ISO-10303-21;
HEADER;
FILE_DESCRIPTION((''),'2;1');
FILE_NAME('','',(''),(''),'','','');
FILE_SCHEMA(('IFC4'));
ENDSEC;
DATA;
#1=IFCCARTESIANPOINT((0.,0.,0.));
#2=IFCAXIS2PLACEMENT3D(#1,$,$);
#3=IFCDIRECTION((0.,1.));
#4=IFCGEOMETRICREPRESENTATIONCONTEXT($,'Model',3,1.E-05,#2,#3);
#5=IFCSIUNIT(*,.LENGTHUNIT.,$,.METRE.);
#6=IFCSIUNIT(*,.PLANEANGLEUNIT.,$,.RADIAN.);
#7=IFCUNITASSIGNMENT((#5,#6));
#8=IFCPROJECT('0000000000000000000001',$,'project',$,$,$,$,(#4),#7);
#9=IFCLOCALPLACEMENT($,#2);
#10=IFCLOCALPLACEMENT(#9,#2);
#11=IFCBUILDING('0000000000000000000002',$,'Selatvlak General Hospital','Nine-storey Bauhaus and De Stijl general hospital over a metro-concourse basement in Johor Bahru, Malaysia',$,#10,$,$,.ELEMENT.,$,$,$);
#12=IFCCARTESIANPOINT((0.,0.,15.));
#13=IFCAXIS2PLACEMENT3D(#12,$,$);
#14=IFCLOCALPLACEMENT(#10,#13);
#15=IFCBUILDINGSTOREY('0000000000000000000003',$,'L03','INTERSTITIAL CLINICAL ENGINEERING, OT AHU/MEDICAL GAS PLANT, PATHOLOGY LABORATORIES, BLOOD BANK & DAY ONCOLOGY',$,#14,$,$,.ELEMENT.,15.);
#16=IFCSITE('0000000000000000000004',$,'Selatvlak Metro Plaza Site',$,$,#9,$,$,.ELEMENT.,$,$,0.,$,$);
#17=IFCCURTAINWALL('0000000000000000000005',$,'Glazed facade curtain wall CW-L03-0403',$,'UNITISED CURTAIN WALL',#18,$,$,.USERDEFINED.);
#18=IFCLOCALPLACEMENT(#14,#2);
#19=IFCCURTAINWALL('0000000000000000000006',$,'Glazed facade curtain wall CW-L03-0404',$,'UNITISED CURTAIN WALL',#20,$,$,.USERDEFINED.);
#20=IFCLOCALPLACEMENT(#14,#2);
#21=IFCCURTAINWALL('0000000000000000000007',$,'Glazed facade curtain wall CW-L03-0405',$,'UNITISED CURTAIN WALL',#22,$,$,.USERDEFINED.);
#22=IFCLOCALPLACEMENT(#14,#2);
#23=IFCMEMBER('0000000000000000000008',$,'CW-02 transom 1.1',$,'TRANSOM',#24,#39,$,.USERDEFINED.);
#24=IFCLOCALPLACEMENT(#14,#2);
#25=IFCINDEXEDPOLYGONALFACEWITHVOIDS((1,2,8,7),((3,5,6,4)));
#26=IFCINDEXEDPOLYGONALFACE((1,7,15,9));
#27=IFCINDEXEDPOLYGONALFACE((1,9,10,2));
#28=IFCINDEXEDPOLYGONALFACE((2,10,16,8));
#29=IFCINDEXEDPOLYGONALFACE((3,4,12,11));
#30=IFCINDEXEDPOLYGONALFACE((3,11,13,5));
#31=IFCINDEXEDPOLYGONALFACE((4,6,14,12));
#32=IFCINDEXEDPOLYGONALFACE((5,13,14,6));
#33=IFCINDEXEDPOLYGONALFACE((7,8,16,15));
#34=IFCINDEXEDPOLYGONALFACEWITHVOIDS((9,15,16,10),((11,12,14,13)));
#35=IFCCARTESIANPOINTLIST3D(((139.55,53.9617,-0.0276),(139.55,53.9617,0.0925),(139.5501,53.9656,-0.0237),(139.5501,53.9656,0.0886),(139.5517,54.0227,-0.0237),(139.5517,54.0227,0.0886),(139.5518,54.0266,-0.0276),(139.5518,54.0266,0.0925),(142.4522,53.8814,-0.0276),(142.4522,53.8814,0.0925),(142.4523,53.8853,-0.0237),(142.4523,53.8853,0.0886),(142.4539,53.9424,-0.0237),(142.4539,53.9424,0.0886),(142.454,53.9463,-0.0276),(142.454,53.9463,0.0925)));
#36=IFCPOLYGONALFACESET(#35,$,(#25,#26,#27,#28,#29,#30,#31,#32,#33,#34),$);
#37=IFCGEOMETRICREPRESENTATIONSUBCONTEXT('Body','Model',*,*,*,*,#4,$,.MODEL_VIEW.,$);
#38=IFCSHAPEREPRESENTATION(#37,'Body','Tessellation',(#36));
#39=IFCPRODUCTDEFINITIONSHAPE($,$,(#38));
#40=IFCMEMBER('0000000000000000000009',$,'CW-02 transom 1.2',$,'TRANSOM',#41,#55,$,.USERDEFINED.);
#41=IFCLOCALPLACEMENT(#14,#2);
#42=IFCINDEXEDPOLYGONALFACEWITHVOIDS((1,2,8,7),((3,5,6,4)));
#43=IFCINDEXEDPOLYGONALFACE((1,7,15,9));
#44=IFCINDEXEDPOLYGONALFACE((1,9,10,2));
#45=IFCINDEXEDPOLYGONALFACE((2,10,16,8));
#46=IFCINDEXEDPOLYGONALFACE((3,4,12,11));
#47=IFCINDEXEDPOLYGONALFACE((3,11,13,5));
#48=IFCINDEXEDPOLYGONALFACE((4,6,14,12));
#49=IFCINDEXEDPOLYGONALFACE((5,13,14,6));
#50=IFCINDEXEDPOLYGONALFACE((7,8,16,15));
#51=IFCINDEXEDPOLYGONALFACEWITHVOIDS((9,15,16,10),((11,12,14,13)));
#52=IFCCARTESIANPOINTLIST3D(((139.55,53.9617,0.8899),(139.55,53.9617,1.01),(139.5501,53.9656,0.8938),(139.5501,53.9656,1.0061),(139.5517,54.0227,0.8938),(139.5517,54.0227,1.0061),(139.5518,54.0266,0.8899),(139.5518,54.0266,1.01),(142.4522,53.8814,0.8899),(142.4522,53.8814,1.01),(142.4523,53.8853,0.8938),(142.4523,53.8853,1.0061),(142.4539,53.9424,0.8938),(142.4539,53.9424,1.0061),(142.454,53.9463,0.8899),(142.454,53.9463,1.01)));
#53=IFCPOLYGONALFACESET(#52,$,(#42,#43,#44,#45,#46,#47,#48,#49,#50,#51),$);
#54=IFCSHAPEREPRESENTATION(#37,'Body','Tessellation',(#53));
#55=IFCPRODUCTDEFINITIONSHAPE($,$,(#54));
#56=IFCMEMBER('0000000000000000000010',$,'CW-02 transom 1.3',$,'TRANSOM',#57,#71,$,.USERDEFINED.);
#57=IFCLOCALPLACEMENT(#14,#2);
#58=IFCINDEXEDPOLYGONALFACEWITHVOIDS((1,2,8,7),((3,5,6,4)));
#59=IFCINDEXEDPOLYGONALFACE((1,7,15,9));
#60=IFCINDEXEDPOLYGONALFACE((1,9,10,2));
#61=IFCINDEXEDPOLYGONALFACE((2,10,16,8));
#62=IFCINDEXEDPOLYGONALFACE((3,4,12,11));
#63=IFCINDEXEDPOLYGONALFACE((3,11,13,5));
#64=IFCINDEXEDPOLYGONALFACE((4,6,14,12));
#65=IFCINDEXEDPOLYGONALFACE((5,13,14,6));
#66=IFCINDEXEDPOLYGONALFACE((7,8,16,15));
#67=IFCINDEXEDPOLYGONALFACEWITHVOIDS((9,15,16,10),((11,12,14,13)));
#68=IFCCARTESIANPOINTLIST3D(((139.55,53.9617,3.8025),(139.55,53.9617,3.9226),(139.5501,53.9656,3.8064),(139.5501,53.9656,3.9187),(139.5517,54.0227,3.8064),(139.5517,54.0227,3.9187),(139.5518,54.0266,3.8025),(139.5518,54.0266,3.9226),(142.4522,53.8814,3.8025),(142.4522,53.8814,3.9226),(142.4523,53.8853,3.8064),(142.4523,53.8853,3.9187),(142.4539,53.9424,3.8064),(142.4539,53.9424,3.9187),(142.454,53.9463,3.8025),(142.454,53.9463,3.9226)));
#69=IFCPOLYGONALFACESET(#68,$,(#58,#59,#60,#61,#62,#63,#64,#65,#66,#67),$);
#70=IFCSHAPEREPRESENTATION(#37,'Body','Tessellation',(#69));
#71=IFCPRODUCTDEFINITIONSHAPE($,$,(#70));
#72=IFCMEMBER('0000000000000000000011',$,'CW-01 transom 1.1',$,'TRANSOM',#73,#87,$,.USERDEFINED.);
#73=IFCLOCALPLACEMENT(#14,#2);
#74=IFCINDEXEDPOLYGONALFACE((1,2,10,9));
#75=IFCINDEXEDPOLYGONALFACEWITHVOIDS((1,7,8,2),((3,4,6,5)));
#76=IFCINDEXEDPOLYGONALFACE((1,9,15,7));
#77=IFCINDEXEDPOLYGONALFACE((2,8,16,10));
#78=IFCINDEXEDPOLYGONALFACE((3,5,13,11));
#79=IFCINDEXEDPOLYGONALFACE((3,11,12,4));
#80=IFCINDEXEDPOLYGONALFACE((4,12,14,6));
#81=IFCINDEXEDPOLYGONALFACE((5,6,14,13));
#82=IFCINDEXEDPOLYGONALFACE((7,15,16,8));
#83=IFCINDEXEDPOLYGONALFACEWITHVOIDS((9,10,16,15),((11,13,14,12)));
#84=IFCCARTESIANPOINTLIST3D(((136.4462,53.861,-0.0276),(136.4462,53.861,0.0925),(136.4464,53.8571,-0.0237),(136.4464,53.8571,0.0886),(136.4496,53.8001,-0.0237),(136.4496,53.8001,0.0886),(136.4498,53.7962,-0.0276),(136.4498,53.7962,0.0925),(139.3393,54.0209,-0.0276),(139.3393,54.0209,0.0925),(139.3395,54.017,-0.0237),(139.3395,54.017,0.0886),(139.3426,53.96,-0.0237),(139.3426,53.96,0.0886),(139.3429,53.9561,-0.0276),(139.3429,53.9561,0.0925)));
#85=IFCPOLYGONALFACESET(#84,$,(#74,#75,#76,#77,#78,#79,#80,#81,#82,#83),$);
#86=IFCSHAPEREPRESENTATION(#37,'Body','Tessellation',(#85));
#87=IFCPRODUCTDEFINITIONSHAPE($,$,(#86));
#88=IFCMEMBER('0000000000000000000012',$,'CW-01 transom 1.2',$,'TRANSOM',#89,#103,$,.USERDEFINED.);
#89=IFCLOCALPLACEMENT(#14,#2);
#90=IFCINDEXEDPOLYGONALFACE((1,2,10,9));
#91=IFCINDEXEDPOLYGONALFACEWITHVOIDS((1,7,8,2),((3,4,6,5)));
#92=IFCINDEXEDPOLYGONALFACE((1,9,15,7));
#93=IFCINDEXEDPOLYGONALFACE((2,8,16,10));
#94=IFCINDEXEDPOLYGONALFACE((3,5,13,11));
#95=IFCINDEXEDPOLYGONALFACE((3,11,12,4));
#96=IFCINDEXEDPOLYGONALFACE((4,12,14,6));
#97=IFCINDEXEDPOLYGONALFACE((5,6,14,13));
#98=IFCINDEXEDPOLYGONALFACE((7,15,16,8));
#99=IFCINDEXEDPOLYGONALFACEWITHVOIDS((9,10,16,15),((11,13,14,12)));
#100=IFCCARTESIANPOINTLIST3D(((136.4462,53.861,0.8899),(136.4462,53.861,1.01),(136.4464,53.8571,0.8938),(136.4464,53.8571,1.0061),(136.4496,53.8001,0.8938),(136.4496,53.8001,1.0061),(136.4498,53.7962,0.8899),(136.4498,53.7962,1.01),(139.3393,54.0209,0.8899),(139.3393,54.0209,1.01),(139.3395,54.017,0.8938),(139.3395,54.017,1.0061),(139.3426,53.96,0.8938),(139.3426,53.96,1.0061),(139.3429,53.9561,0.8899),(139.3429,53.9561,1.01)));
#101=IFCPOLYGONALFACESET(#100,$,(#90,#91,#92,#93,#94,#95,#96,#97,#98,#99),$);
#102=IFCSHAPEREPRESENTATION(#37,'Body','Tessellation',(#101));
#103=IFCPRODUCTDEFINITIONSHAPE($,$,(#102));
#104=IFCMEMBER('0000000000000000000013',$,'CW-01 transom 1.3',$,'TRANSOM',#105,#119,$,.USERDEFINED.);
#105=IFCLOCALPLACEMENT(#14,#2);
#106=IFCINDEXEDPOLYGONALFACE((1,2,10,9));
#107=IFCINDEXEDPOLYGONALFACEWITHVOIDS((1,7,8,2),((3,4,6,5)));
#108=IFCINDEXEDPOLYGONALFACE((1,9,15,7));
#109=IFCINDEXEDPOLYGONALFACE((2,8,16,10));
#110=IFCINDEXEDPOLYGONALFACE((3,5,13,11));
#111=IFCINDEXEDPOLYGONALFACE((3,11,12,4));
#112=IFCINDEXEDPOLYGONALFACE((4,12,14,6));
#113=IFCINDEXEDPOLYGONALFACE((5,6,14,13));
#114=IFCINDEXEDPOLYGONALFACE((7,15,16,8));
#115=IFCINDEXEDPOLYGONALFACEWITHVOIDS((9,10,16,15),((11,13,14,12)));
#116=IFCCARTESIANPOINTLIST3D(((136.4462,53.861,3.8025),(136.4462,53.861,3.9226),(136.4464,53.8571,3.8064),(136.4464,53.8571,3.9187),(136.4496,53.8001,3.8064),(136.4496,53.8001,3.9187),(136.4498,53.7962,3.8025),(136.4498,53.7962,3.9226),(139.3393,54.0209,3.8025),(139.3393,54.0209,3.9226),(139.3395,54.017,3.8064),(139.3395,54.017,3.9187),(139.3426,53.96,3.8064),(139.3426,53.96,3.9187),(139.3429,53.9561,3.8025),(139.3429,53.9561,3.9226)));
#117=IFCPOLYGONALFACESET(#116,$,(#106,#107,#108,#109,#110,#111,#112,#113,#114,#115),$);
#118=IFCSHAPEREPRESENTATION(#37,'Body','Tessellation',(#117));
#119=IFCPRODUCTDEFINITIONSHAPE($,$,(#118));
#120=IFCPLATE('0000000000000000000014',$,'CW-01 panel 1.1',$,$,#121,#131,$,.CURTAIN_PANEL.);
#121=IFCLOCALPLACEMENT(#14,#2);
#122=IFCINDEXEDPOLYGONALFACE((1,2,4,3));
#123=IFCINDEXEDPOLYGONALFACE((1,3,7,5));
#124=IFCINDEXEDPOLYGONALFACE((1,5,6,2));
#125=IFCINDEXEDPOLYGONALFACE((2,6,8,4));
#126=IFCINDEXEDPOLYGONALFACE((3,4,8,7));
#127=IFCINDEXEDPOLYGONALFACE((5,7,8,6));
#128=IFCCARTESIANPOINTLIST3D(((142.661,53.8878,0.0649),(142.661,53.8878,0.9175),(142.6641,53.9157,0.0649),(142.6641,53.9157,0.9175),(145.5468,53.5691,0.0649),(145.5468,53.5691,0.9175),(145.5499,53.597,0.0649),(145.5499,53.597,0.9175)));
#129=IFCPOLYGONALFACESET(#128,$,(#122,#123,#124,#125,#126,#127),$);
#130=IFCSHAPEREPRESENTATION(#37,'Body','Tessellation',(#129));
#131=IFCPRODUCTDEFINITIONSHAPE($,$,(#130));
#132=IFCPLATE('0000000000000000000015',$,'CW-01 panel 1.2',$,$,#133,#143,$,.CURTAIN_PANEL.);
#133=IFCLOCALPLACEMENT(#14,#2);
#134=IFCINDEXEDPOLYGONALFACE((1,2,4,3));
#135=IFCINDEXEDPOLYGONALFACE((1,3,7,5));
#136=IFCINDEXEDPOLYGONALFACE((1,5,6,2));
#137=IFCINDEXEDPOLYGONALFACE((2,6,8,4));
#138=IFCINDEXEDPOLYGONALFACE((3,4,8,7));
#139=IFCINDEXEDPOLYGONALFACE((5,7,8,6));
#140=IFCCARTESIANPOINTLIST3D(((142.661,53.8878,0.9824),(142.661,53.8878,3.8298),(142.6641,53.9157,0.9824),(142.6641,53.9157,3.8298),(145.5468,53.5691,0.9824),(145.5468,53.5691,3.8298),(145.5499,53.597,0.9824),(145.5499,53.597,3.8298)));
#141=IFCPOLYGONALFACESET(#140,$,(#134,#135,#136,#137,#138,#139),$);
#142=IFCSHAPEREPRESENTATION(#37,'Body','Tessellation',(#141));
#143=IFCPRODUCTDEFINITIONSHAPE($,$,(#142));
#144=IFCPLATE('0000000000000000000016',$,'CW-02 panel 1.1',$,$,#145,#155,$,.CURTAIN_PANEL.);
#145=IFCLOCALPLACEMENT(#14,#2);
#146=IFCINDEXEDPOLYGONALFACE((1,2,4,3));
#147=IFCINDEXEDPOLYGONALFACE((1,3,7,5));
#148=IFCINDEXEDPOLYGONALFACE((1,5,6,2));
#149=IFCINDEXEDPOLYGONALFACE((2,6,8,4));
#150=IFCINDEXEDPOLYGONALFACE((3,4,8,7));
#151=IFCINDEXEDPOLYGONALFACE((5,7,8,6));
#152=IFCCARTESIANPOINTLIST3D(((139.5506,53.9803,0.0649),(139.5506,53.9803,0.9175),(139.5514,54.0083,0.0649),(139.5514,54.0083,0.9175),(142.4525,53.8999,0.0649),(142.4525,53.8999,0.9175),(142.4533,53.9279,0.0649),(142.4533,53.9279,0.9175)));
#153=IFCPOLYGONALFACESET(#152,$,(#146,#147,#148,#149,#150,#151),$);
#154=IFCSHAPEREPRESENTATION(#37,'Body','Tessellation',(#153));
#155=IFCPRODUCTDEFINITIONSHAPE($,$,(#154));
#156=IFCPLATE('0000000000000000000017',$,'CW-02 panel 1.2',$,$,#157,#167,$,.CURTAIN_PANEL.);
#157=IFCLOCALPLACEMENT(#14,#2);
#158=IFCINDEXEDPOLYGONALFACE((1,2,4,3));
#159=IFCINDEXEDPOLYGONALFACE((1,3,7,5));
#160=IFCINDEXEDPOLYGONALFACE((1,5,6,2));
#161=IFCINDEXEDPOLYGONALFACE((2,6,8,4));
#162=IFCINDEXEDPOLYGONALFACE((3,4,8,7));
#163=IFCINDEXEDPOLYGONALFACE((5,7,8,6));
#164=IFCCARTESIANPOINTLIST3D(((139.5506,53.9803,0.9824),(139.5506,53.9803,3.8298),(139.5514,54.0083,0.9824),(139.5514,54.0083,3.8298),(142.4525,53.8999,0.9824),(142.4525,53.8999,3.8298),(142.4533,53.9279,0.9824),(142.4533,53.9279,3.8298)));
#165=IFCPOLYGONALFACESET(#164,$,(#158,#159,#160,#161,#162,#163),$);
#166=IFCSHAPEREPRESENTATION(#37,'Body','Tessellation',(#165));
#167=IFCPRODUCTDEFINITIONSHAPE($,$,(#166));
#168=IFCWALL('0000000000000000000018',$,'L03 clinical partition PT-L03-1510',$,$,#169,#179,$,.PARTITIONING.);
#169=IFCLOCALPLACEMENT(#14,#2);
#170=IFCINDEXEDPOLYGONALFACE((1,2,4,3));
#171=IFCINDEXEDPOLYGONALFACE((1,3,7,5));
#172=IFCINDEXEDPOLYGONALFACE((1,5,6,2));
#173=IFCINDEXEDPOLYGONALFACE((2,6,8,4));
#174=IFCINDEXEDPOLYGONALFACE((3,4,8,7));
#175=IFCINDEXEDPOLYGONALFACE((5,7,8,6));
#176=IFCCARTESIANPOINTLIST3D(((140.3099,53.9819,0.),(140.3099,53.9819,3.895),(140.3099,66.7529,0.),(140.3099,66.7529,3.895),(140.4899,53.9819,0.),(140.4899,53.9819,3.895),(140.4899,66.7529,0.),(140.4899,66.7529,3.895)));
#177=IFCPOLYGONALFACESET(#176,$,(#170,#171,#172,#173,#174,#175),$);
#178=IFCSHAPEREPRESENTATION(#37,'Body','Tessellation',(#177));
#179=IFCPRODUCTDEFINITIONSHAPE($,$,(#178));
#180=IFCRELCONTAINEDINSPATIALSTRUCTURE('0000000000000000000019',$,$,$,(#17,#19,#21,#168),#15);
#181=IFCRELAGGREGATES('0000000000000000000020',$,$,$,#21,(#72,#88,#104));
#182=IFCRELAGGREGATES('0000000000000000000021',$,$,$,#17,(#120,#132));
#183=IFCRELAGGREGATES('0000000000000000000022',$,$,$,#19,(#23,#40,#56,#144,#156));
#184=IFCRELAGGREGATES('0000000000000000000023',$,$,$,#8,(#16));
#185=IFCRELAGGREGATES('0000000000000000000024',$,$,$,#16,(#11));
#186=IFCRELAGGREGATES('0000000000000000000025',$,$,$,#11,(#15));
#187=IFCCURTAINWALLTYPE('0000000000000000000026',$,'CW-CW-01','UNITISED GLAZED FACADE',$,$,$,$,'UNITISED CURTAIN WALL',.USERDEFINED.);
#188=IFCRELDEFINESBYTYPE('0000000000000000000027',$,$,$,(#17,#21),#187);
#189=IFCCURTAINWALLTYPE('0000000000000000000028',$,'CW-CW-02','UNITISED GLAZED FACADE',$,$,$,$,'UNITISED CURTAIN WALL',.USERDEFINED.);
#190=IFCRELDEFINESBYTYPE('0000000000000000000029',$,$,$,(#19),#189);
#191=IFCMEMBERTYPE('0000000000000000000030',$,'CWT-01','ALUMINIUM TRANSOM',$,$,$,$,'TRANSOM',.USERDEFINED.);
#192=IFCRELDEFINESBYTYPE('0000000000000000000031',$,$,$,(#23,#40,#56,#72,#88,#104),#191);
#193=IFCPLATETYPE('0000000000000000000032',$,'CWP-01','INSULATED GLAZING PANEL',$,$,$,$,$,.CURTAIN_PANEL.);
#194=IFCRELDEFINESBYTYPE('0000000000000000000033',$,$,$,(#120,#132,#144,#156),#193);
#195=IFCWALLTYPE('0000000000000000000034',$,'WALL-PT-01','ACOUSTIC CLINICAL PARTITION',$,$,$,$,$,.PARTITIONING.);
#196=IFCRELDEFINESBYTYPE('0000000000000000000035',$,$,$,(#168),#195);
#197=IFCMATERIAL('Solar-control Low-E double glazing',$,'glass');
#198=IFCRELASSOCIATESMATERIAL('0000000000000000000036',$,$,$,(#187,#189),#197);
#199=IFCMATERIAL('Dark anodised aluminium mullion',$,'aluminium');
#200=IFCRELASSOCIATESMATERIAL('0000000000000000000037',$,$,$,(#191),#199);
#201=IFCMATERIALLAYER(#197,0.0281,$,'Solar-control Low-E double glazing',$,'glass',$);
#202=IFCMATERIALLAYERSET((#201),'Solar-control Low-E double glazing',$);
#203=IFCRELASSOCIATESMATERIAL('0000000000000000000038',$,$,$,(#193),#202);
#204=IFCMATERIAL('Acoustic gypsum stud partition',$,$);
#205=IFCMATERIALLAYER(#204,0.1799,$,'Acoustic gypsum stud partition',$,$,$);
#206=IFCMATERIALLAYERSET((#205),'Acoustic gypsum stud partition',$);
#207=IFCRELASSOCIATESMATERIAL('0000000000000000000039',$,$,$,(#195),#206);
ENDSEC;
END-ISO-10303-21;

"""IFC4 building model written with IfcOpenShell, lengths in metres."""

from ifc_helpers import new_model, si_unit, direction, frame, frame_2d, origin, origin_2d, place, context, subcontext, project, spatial, rectangle, hollow_rectangle, extrude, material, layer, layer_set, material_profile, profile_set, type_object, element, aggregate, save


model = new_model("IFC4")

# Units and contexts
model_context = context("Model", 3, precision=1e-05, world=origin(), true_north=direction((0.0, 1.0)))
body_context = subcontext(model_context, "Body", "Model", "MODEL_VIEW")
ifc_project = project(units=[si_unit("LENGTHUNIT", "METRE"), si_unit("PLANEANGLEUNIT", "RADIAN")], contexts=[model_context])

# Site, building, storey
site_placement = place(None, origin())
site = spatial("IfcSite", under=ifc_project, at=site_placement, Name="Selatvlak Metro Plaza Site", CompositionType="ELEMENT", RefElevation=0.0)
building_placement = place(site_placement, origin())
building = spatial("IfcBuilding", under=site, at=building_placement, Name="Selatvlak General Hospital", Description="Nine-storey Bauhaus and De Stijl general hospital over a metro-concourse basement in Johor Bahru, Malaysia", CompositionType="ELEMENT")
storey_placement = place(building_placement, frame((0.0, 0.0, 15.0)))
storey = spatial("IfcBuildingStorey", under=building, at=storey_placement, Name="L03", Description="INTERSTITIAL CLINICAL ENGINEERING, OT AHU/MEDICAL GAS PLANT, PATHOLOGY LABORATORIES, BLOOD BANK & DAY ONCOLOGY", CompositionType="ELEMENT", Elevation=15.0)

# Curtain wall
ifc_material_1 = material(Name="Solar-control Low-E double glazing", Category="glass")
curtain_wall_type_1 = type_object("IfcCurtainWallType", Name="CW-CW-01", Description="UNITISED GLAZED FACADE", ElementType="UNITISED CURTAIN WALL", PredefinedType="USERDEFINED", material=ifc_material_1)
curtain_wall_1_placement = place(storey_placement, origin())
curtain_wall_1 = element("IfcCurtainWall", 1, at=curtain_wall_1_placement, inside=storey, type_object=curtain_wall_type_1, Name="Glazed facade curtain wall CW-L03-0403", ObjectType="UNITISED CURTAIN WALL", PredefinedType="USERDEFINED")
ifc_material_2 = material(Name="Dark anodised aluminium mullion", Category="aluminium")

# Curtain wall
curtain_wall_type_2 = type_object("IfcCurtainWallType", Name="CW-CW-02", Description="UNITISED GLAZED FACADE", ElementType="UNITISED CURTAIN WALL", PredefinedType="USERDEFINED", material=ifc_material_1)
curtain_wall_2_placement = place(storey_placement, origin())
curtain_wall_2 = element("IfcCurtainWall", 2, at=curtain_wall_2_placement, inside=storey, type_object=curtain_wall_type_2, Name="Glazed facade curtain wall CW-L03-0404", ObjectType="UNITISED CURTAIN WALL", PredefinedType="USERDEFINED")

# Curtain wall
curtain_wall_3_placement = place(storey_placement, origin())
curtain_wall_3 = element("IfcCurtainWall", 3, at=curtain_wall_3_placement, inside=storey, type_object=curtain_wall_type_1, Name="Glazed facade curtain wall CW-L03-0405", ObjectType="UNITISED CURTAIN WALL", PredefinedType="USERDEFINED")

# Members
ifc_material_profile_1 = material_profile(ifc_material_2, hollow_rectangle(XDim=0.0649, YDim=0.1201, WallThickness=0.0039, at=origin_2d()), Name="AL-TRN 65x120x4")
ifc_profile_set_1 = profile_set([ifc_material_profile_1], Name="Dark anodised aluminium mullion")
member_type_1 = type_object("IfcMemberType", Name="CWT-01", Description="ALUMINIUM TRANSOM", ElementType="TRANSOM", PredefinedType="USERDEFINED", material=ifc_profile_set_1)
member_1_placement = place(storey_placement, frame((142.4531, 53.9138, 0.0325), z_axis=(-0.999617, 0.027667, 0.0), x_axis=(-0.027667, -0.999617, 0.0)))
member_1 = element("IfcMember", 4, at=member_1_placement, type_object=member_type_1, Name="CW-02 transom 1.1", ObjectType="TRANSOM", PredefinedType="USERDEFINED", context=body_context, shape_type="SweptSolid", body=[
    extrude(hollow_rectangle(XDim=0.0649, YDim=0.1201, WallThickness=0.0039, at=origin_2d()), origin(), (0.0, 0.0, 1.0), 2.9033),
])
member_2_placement = place(storey_placement, frame((142.4531, 53.9138, 0.95), z_axis=(-0.999617, 0.027667, 0.0), x_axis=(-0.027667, -0.999617, 0.0)))
member_2 = element("IfcMember", 5, at=member_2_placement, type_object=member_type_1, Name="CW-02 transom 1.2", ObjectType="TRANSOM", PredefinedType="USERDEFINED", context=body_context, shape_type="SweptSolid", body=[
    extrude(hollow_rectangle(XDim=0.0649, YDim=0.1201, WallThickness=0.0039, at=origin_2d()), origin(), (0.0, 0.0, 1.0), 2.9033),
])
member_3_placement = place(storey_placement, frame((142.4531, 53.9138, 3.8625), z_axis=(-0.999617, 0.027667, 0.0), x_axis=(-0.027667, -0.999617, 0.0)))
member_3 = element("IfcMember", 6, at=member_3_placement, type_object=member_type_1, Name="CW-02 transom 1.3", ObjectType="TRANSOM", PredefinedType="USERDEFINED", context=body_context, shape_type="SweptSolid", body=[
    extrude(hollow_rectangle(XDim=0.0649, YDim=0.1201, WallThickness=0.0039, at=origin_2d()), origin(), (0.0, 0.0, 1.0), 2.9033),
])
member_4_placement = place(storey_placement, frame((139.3411, 53.9885, 0.0325), z_axis=(-0.998476, -0.05519, 0.0), x_axis=(0.05519, -0.998476, 0.0)))
member_4 = element("IfcMember", 7, at=member_4_placement, type_object=member_type_1, Name="CW-01 transom 1.1", ObjectType="TRANSOM", PredefinedType="USERDEFINED", context=body_context, shape_type="SweptSolid", body=[
    extrude(hollow_rectangle(XDim=0.0649, YDim=0.1201, WallThickness=0.0039, at=origin_2d()), origin(), (0.0, 0.0, 1.0), 2.8975),
])
member_5_placement = place(storey_placement, frame((139.3411, 53.9885, 0.95), z_axis=(-0.998476, -0.05519, 0.0), x_axis=(0.05519, -0.998476, 0.0)))
member_5 = element("IfcMember", 8, at=member_5_placement, type_object=member_type_1, Name="CW-01 transom 1.2", ObjectType="TRANSOM", PredefinedType="USERDEFINED", context=body_context, shape_type="SweptSolid", body=[
    extrude(hollow_rectangle(XDim=0.0649, YDim=0.1201, WallThickness=0.0039, at=origin_2d()), origin(), (0.0, 0.0, 1.0), 2.8975),
])
member_6_placement = place(storey_placement, frame((139.3411, 53.9885, 3.8625), z_axis=(-0.998476, -0.05519, 0.0), x_axis=(0.05519, -0.998476, 0.0)))
member_6 = element("IfcMember", 9, at=member_6_placement, type_object=member_type_1, Name="CW-01 transom 1.3", ObjectType="TRANSOM", PredefinedType="USERDEFINED", context=body_context, shape_type="SweptSolid", body=[
    extrude(hollow_rectangle(XDim=0.0649, YDim=0.1201, WallThickness=0.0039, at=origin_2d()), origin(), (0.0, 0.0, 1.0), 2.8975),
])
aggregate(curtain_wall_3, [member_4, member_5, member_6])

# Plates
ifc_layer_1 = layer(ifc_material_1, 0.0281, Name="Solar-control Low-E double glazing", Category="glass")
ifc_layer_set_1 = layer_set([ifc_layer_1], Name="Solar-control Low-E double glazing")
plate_type = type_object("IfcPlateType", Name="CWP-01", Description="INSULATED GLAZING PANEL", PredefinedType="CURTAIN_PANEL", material=ifc_layer_set_1)
plate_1_placement = place(storey_placement, frame((144.1055, 53.7424, 0.0649), z_axis=(0.0, 0.0, 1.0), x_axis=(-0.993956, 0.10978, 0.0)))
plate_1 = element("IfcPlate", 10, at=plate_1_placement, type_object=plate_type, Name="CW-01 panel 1.1", PredefinedType="CURTAIN_PANEL", context=body_context, shape_type="SweptSolid", body=[
    extrude(rectangle(XDim=2.9033, YDim=0.0281, at=origin_2d()), origin(), (0.0, 0.0, 1.0), 0.8525),
])
plate_2_placement = place(storey_placement, frame((144.1055, 53.7424, 0.9824), z_axis=(0.0, 0.0, 1.0), x_axis=(-0.993956, 0.10978, 0.0)))
plate_2 = element("IfcPlate", 11, at=plate_2_placement, type_object=plate_type, Name="CW-01 panel 1.2", PredefinedType="CURTAIN_PANEL", context=body_context, shape_type="SweptSolid", body=[
    extrude(rectangle(XDim=2.9033, YDim=0.0281, at=origin_2d()), origin(), (0.0, 0.0, 1.0), 2.8474),
])
aggregate(curtain_wall_1, [plate_1, plate_2])
plate_3_placement = place(storey_placement, frame((141.002, 53.9541, 0.0649), z_axis=(0.0, 0.0, 1.0), x_axis=(-0.999616, 0.027694, 0.0)))
plate_3 = element("IfcPlate", 12, at=plate_3_placement, type_object=plate_type, Name="CW-02 panel 1.1", PredefinedType="CURTAIN_PANEL", context=body_context, shape_type="SweptSolid", body=[
    extrude(rectangle(XDim=2.9031, YDim=0.0281, at=origin_2d()), origin(), (0.0, 0.0, 1.0), 0.8525),
])
plate_4_placement = place(storey_placement, frame((141.002, 53.9541, 0.9824), z_axis=(0.0, 0.0, 1.0), x_axis=(-0.999616, 0.027694, 0.0)))
plate_4 = element("IfcPlate", 13, at=plate_4_placement, type_object=plate_type, Name="CW-02 panel 1.2", PredefinedType="CURTAIN_PANEL", context=body_context, shape_type="SweptSolid", body=[
    extrude(rectangle(XDim=2.9031, YDim=0.0281, at=origin_2d()), origin(), (0.0, 0.0, 1.0), 2.8474),
])
aggregate(curtain_wall_2, [member_1, member_2, member_3, plate_3, plate_4])

# Wall
ifc_material_3 = material(Name="Acoustic gypsum stud partition")
ifc_layer_2 = layer(ifc_material_3, 0.1799, Name="Acoustic gypsum stud partition")
ifc_layer_set_2 = layer_set([ifc_layer_2], Name="Acoustic gypsum stud partition")
wall_type_1 = type_object("IfcWallType", Name="WALL-PT-01", Description="ACOUSTIC CLINICAL PARTITION", PredefinedType="PARTITIONING", material=ifc_layer_set_2)
wall_1_placement = place(storey_placement, frame((140.3999, 66.7529, 0.0), z_axis=(0.0, 0.0, 1.0), x_axis=(0.0, -1.0, 0.0)))
element("IfcWall", 14, at=wall_1_placement, inside=storey, type_object=wall_type_1, Name="L03 clinical partition PT-L03-1510", PredefinedType="PARTITIONING", context=body_context, shape_type="SweptSolid", body=[
    extrude(rectangle(XDim=12.771, YDim=0.1799, at=frame_2d((6.3855, 0.0))), origin(), (0.0, 0.0, 1.0), 3.895),
])

save(model, "model.ifc")
